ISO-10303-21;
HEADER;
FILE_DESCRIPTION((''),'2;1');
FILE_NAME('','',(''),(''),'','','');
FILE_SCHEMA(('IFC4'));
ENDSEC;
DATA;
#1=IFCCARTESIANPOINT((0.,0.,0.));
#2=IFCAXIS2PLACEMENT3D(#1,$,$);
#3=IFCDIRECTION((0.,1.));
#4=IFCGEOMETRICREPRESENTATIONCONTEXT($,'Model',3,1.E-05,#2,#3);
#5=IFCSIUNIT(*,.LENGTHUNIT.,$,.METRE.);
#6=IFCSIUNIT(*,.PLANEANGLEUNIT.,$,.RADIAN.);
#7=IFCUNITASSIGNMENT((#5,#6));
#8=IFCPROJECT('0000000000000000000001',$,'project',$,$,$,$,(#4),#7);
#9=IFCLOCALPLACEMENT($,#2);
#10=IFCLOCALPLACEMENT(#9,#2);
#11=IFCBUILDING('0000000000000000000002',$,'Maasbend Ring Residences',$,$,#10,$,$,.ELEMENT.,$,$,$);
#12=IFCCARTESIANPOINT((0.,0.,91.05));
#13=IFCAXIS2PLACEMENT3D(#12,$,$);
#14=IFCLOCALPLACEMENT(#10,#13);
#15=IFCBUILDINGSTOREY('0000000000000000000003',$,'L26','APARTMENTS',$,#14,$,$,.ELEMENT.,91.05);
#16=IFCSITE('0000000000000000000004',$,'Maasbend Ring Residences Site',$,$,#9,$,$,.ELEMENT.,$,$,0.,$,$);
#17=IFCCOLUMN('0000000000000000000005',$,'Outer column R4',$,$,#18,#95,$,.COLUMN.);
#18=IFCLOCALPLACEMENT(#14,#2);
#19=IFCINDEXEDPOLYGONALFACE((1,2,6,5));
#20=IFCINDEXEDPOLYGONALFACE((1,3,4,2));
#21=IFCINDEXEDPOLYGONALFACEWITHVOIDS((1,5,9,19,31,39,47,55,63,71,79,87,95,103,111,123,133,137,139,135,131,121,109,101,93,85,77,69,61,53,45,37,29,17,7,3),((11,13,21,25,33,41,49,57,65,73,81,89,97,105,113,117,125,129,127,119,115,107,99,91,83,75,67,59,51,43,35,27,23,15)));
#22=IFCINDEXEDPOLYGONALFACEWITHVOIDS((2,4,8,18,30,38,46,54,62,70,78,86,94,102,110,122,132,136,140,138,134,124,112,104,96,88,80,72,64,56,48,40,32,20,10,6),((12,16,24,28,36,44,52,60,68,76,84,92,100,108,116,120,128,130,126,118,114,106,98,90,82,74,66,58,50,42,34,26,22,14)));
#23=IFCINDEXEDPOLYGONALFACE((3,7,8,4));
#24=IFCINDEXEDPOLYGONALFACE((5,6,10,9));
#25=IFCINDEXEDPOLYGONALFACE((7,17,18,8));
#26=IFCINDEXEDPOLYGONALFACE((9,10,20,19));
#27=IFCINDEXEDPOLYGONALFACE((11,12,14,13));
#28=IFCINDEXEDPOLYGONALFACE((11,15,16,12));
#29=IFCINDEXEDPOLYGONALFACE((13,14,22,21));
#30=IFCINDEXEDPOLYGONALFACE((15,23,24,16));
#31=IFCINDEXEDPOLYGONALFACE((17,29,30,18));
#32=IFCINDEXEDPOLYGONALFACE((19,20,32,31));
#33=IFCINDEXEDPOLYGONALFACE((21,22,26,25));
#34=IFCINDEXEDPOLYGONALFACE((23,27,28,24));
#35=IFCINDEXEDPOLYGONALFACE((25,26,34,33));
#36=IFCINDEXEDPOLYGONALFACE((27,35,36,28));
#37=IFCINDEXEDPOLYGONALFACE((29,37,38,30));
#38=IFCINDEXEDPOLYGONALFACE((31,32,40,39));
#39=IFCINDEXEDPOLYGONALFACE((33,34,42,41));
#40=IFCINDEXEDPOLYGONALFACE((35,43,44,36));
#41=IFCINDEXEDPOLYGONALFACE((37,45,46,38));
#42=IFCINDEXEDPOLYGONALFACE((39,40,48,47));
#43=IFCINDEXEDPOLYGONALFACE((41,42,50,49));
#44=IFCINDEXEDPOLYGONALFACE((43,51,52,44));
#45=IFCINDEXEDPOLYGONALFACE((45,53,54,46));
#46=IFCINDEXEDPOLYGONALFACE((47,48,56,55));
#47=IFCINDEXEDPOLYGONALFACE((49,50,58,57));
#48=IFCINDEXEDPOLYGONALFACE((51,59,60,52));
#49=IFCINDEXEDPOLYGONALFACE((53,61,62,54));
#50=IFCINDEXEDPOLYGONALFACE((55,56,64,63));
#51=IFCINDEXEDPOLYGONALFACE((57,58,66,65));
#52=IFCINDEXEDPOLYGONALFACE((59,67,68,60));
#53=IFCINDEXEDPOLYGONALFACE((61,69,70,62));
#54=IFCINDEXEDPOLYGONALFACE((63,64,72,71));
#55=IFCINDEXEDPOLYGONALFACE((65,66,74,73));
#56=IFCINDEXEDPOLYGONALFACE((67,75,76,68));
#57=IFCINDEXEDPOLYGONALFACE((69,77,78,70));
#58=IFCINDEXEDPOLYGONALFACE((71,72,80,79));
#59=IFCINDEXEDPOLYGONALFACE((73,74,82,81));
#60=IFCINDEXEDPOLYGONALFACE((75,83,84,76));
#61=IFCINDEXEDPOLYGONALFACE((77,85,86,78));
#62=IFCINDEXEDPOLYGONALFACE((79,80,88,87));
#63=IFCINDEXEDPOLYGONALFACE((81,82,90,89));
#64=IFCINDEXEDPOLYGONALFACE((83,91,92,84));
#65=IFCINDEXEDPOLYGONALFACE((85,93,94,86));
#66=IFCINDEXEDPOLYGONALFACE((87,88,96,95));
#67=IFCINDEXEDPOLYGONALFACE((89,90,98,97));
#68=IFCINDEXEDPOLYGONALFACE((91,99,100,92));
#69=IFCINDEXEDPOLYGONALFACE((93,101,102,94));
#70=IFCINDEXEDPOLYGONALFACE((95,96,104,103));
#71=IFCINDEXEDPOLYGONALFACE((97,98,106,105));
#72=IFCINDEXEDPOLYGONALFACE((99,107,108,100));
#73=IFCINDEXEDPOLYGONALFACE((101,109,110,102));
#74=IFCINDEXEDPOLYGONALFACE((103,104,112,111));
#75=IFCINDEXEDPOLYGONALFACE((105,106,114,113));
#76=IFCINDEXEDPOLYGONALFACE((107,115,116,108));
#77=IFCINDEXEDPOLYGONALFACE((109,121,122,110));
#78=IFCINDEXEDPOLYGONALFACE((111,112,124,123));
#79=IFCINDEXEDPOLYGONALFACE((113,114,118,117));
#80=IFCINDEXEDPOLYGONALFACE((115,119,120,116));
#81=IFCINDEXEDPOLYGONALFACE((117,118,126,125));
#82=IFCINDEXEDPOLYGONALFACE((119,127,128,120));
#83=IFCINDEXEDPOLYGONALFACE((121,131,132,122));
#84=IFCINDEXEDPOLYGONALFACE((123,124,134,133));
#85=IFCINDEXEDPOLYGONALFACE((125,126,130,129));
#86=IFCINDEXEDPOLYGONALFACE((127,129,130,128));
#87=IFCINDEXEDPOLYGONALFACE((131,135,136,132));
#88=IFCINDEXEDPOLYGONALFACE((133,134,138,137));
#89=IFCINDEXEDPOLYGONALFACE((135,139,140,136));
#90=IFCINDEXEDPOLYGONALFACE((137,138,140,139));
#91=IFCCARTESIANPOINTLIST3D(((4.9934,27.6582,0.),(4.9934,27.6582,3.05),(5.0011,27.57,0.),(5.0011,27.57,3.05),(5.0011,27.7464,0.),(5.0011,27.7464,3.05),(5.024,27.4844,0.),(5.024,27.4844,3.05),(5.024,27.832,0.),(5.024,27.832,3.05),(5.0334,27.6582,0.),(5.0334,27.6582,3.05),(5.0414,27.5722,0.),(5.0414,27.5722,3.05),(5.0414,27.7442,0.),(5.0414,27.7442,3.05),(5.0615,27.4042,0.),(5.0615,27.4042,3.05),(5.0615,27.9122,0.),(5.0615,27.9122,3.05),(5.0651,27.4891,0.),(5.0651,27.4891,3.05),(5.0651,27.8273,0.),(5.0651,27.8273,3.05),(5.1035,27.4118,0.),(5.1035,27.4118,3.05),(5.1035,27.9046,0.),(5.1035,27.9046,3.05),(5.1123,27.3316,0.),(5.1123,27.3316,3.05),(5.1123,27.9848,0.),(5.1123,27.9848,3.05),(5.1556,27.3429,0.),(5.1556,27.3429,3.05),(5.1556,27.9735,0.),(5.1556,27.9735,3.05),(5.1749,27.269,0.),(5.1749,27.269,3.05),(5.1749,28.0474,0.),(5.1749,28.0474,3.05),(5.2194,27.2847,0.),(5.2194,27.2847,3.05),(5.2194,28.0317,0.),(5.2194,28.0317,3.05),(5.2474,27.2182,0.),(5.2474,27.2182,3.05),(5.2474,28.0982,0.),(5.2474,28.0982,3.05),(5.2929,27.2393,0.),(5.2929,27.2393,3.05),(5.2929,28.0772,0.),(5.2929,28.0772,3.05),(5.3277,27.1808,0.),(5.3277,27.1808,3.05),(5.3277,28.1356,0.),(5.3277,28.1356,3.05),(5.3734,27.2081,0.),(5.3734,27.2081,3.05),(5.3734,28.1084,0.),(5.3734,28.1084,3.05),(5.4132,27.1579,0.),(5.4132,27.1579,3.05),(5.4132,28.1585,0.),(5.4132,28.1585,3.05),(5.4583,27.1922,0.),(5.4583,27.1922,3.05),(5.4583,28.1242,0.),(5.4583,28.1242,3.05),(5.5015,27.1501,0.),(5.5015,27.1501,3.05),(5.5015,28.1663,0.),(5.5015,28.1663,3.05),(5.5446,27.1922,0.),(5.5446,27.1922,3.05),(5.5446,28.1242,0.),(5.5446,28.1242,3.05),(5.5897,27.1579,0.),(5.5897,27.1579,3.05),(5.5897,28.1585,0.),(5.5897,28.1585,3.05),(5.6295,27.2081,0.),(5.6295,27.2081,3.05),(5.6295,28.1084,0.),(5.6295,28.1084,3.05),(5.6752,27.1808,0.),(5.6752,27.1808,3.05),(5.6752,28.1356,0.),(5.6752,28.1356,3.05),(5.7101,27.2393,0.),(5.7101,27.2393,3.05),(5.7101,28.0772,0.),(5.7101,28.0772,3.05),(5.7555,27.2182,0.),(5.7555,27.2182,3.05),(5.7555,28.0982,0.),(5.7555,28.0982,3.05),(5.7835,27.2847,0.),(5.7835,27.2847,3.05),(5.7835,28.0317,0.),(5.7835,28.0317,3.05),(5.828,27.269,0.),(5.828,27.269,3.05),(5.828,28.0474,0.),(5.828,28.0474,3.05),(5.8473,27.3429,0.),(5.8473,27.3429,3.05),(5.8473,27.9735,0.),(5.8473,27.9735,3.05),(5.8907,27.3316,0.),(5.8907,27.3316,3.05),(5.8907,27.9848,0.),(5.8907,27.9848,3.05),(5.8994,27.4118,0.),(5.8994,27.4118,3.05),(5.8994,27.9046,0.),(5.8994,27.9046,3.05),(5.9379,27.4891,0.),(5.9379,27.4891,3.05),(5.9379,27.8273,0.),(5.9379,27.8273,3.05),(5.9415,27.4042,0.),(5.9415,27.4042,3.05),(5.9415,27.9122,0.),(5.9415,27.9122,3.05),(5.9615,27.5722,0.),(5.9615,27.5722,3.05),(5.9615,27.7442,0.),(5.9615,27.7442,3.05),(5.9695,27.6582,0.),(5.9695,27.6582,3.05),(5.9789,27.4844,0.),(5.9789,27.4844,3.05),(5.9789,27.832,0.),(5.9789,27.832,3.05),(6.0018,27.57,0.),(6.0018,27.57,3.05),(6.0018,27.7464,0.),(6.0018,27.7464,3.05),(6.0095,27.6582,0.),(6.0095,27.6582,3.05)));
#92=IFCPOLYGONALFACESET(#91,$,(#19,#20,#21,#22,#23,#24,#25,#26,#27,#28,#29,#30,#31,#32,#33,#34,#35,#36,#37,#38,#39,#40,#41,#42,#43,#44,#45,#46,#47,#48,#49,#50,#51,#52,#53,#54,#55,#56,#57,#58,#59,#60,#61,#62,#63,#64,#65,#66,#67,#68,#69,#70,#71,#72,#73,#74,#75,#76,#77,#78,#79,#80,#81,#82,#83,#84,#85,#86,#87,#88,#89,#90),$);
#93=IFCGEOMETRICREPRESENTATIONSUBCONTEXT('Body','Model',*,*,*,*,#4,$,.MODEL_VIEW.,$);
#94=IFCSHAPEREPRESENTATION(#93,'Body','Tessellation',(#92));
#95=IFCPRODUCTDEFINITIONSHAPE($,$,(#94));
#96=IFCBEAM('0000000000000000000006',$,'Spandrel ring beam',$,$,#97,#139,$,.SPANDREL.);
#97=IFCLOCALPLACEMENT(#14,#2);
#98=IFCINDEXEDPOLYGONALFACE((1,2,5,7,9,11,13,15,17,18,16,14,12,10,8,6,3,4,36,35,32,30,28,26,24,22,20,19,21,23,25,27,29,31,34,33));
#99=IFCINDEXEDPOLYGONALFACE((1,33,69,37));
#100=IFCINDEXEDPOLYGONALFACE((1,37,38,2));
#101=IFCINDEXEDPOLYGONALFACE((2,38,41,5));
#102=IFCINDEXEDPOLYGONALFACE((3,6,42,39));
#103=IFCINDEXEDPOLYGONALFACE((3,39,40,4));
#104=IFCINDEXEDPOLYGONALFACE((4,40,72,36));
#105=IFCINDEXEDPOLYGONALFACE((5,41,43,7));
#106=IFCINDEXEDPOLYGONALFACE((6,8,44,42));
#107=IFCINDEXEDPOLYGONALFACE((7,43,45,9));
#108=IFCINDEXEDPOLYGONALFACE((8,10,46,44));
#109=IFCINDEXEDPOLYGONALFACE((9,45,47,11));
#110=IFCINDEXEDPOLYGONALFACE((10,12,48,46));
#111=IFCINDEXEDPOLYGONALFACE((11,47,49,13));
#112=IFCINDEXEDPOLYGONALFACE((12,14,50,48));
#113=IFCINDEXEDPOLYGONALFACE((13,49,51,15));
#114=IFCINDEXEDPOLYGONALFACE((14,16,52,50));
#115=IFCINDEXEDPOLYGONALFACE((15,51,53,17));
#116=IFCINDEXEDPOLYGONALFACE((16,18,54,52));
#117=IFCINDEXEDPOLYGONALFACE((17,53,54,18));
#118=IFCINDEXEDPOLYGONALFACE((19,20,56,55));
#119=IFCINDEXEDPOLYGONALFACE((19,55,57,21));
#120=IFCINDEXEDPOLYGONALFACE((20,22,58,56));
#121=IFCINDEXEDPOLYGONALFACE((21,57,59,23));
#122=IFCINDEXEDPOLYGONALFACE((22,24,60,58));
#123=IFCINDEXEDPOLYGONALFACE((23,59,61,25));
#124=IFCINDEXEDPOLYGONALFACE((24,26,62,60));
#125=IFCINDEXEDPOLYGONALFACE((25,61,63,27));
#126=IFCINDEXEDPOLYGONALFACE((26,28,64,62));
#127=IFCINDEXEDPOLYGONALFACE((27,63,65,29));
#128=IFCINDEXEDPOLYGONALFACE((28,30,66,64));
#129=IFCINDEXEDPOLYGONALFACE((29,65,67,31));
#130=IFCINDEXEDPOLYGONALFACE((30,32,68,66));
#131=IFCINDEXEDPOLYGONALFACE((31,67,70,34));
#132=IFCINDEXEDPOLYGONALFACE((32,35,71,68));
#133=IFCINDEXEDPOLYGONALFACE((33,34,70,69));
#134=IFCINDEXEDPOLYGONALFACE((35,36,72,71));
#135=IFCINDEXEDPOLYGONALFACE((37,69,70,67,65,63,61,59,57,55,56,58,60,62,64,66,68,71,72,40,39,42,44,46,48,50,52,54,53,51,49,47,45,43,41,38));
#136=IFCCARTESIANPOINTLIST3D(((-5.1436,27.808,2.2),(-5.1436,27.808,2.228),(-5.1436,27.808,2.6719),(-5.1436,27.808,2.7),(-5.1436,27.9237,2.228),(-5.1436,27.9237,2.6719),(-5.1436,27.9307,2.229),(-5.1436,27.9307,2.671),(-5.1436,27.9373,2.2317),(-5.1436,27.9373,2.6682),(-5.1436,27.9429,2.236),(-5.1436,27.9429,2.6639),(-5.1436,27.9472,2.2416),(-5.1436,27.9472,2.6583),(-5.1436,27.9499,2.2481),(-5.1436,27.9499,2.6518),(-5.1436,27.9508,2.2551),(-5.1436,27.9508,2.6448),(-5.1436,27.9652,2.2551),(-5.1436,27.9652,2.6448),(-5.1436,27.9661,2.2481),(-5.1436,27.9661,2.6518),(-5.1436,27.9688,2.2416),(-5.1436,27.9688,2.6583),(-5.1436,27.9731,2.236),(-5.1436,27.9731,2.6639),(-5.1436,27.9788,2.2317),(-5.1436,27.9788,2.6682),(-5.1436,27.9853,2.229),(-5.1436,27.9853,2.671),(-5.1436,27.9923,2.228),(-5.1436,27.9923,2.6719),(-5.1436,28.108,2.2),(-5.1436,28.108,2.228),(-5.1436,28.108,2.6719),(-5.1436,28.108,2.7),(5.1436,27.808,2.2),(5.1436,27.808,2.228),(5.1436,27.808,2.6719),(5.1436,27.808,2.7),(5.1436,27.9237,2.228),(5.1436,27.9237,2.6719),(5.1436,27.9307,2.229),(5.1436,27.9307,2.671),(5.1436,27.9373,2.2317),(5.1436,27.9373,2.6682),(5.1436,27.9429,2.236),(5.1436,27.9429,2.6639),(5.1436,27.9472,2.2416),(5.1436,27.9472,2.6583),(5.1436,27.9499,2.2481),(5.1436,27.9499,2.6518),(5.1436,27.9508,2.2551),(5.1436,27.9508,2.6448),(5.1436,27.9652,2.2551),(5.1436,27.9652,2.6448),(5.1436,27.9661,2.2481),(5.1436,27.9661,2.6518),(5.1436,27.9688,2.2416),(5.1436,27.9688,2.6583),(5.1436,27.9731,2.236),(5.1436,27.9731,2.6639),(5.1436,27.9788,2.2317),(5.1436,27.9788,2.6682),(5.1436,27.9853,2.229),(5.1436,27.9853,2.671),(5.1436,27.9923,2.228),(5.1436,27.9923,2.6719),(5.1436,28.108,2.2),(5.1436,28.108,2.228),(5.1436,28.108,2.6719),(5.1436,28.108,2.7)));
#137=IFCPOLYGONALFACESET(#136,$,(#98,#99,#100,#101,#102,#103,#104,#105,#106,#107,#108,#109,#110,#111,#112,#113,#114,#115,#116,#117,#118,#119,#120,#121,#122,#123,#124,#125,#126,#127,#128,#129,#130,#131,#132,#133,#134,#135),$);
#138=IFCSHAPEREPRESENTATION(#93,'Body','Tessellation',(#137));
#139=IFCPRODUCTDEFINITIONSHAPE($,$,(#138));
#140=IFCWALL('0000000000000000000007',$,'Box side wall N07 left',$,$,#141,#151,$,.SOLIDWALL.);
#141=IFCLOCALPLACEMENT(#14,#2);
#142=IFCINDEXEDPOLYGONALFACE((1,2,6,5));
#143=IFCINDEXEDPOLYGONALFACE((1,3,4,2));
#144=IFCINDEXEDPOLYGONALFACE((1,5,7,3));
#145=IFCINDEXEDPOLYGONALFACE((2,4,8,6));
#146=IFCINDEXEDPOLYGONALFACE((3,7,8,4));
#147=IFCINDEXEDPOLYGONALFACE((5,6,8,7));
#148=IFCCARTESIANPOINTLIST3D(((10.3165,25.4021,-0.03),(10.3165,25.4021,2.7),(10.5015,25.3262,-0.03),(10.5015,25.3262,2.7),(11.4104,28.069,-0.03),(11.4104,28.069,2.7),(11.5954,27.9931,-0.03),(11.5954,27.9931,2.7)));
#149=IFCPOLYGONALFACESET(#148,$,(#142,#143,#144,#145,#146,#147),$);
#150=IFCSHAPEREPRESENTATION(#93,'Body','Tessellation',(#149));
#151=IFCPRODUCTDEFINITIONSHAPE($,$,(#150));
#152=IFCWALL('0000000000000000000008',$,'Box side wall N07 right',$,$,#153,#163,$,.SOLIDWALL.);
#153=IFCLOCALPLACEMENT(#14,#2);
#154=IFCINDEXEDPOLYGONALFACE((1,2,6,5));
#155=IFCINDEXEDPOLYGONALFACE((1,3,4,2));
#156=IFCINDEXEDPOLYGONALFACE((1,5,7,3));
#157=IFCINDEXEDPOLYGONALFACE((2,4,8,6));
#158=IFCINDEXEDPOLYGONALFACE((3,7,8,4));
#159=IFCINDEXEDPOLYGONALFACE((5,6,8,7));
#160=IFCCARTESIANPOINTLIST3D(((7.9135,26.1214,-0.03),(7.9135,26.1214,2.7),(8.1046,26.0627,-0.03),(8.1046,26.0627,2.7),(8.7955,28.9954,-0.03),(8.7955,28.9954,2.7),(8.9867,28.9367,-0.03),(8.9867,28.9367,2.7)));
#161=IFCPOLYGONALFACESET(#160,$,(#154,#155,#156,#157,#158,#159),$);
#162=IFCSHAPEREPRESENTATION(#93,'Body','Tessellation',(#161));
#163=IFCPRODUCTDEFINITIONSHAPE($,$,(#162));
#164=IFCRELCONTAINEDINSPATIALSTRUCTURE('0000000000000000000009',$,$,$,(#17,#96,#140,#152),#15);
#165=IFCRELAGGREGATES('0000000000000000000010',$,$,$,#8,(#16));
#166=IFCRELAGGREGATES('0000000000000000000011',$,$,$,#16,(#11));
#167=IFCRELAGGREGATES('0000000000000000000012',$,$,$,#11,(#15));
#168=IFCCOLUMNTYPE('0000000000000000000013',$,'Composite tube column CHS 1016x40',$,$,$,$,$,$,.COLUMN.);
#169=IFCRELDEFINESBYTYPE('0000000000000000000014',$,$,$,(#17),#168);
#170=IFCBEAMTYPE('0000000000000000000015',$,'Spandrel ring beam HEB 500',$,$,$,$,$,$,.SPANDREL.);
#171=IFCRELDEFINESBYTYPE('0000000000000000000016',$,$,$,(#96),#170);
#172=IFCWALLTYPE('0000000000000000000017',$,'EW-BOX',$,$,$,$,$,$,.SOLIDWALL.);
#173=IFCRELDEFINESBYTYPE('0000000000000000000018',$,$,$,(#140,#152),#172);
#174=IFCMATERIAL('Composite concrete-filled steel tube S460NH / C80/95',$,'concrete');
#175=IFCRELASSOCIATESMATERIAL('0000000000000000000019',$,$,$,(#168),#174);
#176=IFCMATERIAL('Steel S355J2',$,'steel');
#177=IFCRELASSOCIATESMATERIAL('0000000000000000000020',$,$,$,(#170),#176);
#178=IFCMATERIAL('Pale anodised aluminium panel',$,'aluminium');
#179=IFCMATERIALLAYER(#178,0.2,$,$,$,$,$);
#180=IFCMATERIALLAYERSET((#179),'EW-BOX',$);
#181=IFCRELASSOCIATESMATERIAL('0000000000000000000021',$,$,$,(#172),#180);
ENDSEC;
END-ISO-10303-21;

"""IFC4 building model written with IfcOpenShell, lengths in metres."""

from ifc_helpers import new_model, si_unit, direction, frame, frame_2d, origin, origin_2d, place, context, subcontext, project, spatial, rectangle, hollow_circle, i_section, extrude, material, layer, layer_set, material_profile, profile_set, type_object, element, save


model = new_model("IFC4")

# Units and contexts
model_context = context("Model", 3, precision=1e-05, world=origin(), true_north=direction((0.0, 1.0)))
body_context = subcontext(model_context, "Body", "Model", "MODEL_VIEW")
ifc_project = project(units=[si_unit("LENGTHUNIT", "METRE"), si_unit("PLANEANGLEUNIT", "RADIAN")], contexts=[model_context])

# Site, building, storey
site_placement = place(None, origin())
site = spatial("IfcSite", under=ifc_project, at=site_placement, Name="Maasbend Ring Residences Site", CompositionType="ELEMENT", RefElevation=0.0)
building_placement = place(site_placement, origin())
building = spatial("IfcBuilding", under=site, at=building_placement, Name="Maasbend Ring Residences", CompositionType="ELEMENT")
storey_placement = place(building_placement, frame((0.0, 0.0, 91.05)))
storey = spatial("IfcBuildingStorey", under=building, at=storey_placement, Name="L26", Description="APARTMENTS", CompositionType="ELEMENT", Elevation=91.05)

# Column
ifc_material_1 = material(Name="Composite concrete-filled steel tube S460NH / C80/95", Category="concrete")
ifc_material_profile_1 = material_profile(ifc_material_1, hollow_circle(Radius=0.5081, WallThickness=0.04, at=origin_2d()), Name="Composite tube column CHS 1016x40")
ifc_profile_set_1 = profile_set([ifc_material_profile_1], Name="Composite concrete-filled steel tube S460NH / C80/95")
column_type = type_object("IfcColumnType", Name="Composite tube column CHS 1016x40", PredefinedType="COLUMN", material=ifc_profile_set_1)
column_placement = place(storey_placement, frame((5.5015, 27.6582, 0.0), z_axis=(0.0, 0.0, 1.0), x_axis=(1.0, 0.0, 0.0)))
element("IfcColumn", 1, at=column_placement, inside=storey, type_object=column_type, Name="Outer column R4", PredefinedType="COLUMN", context=body_context, shape_type="SweptSolid", body=[
    extrude(hollow_circle(Radius=0.5081, WallThickness=0.04, at=origin_2d()), origin(), (0.0, 0.0, 1.0), 3.05),
])

# Beam
ifc_material_2 = material(Name="Steel S355J2", Category="steel")
ifc_material_profile_2 = material_profile(ifc_material_2, i_section(OverallWidth=0.3, OverallDepth=0.5, WebThickness=0.0144, FlangeThickness=0.0281, FilletRadius=0.0271, at=origin_2d()), Name="HEB 500")
ifc_profile_set_2 = profile_set([ifc_material_profile_2], Name="Steel S355J2")
beam_type = type_object("IfcBeamType", Name="Spandrel ring beam HEB 500", PredefinedType="SPANDREL", material=ifc_profile_set_2)
beam_placement = place(storey_placement, frame((5.1436, 27.958, 2.45), z_axis=(-1.0, 0.0, 0.0), x_axis=(0.0, -1.0, 0.0)))
element("IfcBeam", 2, at=beam_placement, inside=storey, type_object=beam_type, Name="Spandrel ring beam", PredefinedType="SPANDREL", context=body_context, shape_type="SweptSolid", body=[
    extrude(i_section(OverallWidth=0.3, OverallDepth=0.5, WebThickness=0.0144, FlangeThickness=0.0281, FilletRadius=0.0271, at=origin_2d()), origin(), (0.0, 0.0, 1.0), 10.2871),
])

# Walls
ifc_material_3 = material(Name="Pale anodised aluminium panel", Category="aluminium")
ifc_layer_1 = layer(ifc_material_3, 0.2)
ifc_layer_set_1 = layer_set([ifc_layer_1], Name="EW-BOX")
wall_type_1 = type_object("IfcWallType", Name="EW-BOX", PredefinedType="SOLIDWALL", material=ifc_layer_set_1)
wall_1_placement = place(storey_placement, frame((10.4089, 25.364, -0.03), z_axis=(0.0, 0.0, 1.0), x_axis=(0.37951, 0.925188, 0.0)))
element("IfcWall", 3, at=wall_1_placement, inside=storey, type_object=wall_type_1, Name="Box side wall N07 left", PredefinedType="SOLIDWALL", context=body_context, shape_type="SweptSolid", body=[
    extrude(rectangle(XDim=2.8826, YDim=0.2, at=frame_2d((1.4414, 0.0))), origin(), (0.0, 0.0, 1.0), 2.73),
])
wall_2_placement = place(storey_placement, frame((8.009, 26.092, -0.03), z_axis=(0.0, 0.0, 1.0), x_axis=(0.293407, 0.955988, 0.0)))
element("IfcWall", 4, at=wall_2_placement, inside=storey, type_object=wall_type_1, Name="Box side wall N07 right", PredefinedType="SOLIDWALL", context=body_context, shape_type="SweptSolid", body=[
    extrude(rectangle(XDim=3.0063, YDim=0.2, at=frame_2d((1.5032, 0.0))), origin(), (0.0, 0.0, 1.0), 2.73),
])

save(model, "model.ifc")
